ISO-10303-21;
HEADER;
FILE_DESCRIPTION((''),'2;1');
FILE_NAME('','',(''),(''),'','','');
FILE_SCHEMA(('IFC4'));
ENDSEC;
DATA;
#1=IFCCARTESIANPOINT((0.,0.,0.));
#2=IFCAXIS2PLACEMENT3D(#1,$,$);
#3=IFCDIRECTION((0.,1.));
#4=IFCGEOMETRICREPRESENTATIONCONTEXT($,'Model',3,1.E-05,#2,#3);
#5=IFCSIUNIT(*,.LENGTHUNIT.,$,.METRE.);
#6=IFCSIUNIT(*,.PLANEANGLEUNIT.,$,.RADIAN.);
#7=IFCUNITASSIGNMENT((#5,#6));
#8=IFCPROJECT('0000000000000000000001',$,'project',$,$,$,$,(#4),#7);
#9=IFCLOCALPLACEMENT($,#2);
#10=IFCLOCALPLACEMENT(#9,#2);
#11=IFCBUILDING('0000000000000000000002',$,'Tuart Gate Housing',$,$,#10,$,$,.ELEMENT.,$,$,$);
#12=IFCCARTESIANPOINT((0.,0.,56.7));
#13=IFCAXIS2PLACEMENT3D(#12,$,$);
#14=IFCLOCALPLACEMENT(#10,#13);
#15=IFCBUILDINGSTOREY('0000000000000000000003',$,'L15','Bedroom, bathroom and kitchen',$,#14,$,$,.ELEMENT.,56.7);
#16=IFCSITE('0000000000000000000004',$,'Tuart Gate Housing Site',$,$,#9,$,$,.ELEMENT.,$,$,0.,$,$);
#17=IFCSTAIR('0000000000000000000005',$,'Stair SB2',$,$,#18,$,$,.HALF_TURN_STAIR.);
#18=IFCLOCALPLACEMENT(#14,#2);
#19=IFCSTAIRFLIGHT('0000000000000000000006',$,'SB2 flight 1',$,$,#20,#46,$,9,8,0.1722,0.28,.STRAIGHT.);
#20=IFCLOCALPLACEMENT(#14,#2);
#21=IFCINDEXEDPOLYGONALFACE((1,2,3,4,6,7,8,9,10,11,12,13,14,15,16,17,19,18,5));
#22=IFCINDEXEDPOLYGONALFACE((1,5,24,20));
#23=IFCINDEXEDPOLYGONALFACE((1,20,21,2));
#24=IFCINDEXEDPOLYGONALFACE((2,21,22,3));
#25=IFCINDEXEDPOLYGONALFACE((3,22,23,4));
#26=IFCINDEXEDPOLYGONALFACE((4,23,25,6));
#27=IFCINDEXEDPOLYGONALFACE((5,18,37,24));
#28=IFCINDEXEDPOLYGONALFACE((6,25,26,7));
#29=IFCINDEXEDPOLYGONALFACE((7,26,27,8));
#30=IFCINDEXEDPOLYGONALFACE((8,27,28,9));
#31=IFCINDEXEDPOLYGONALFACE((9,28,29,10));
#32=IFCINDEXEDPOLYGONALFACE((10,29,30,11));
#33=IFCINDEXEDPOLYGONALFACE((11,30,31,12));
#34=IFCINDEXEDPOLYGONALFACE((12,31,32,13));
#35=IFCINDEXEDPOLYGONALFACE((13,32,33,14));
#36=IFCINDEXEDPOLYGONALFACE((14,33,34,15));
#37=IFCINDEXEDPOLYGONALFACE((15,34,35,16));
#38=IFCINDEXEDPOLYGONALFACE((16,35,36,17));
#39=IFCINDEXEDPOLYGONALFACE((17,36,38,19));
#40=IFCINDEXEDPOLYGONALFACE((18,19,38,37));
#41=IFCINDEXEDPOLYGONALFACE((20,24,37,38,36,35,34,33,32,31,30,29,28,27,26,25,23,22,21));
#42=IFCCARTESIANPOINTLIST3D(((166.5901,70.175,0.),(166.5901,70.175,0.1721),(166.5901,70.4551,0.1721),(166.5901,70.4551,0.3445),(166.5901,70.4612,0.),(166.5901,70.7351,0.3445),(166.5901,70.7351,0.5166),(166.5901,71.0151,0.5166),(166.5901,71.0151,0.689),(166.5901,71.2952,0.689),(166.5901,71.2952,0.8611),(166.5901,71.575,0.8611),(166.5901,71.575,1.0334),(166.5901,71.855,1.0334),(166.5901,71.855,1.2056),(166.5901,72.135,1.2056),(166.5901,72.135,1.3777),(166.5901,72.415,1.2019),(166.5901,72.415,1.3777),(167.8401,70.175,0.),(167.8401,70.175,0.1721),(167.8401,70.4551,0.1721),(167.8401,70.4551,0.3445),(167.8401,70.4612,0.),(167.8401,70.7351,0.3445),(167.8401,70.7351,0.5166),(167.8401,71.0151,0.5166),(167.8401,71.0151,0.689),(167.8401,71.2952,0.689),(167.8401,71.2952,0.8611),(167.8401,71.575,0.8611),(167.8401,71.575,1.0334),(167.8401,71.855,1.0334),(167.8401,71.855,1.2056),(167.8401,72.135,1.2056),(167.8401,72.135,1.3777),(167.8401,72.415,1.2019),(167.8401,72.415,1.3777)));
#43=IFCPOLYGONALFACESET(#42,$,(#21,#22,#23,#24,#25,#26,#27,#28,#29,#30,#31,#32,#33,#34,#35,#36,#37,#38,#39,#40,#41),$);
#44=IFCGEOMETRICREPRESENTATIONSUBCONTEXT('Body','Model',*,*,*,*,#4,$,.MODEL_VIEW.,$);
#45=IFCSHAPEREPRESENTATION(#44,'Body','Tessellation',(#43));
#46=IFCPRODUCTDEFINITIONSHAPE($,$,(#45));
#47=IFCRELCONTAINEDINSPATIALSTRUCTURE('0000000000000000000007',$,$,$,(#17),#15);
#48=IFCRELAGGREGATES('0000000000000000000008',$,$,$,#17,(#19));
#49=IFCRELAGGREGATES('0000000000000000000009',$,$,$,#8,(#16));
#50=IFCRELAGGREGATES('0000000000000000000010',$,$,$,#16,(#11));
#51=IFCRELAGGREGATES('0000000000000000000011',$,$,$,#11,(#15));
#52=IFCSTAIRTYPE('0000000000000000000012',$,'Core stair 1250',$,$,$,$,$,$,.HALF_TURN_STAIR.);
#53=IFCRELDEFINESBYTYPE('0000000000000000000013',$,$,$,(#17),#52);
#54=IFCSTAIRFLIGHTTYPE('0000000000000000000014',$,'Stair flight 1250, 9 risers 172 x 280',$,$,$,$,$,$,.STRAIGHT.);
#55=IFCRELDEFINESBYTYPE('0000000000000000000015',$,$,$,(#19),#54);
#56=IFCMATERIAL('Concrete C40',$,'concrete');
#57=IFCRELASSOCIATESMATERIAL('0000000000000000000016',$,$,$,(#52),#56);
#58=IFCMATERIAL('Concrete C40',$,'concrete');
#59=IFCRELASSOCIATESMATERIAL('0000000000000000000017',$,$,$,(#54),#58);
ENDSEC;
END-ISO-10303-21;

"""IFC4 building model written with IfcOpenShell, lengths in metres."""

from ifc_helpers import new_model, si_unit, direction, frame, origin, place, context, subcontext, project, spatial, polyline, outline, extrude, material, type_object, element, aggregate, save


model = new_model("IFC4")

# Units and contexts
model_context = context("Model", 3, precision=1e-05, world=origin(), true_north=direction((0.0, 1.0)))
body_context = subcontext(model_context, "Body", "Model", "MODEL_VIEW")
ifc_project = project(units=[si_unit("LENGTHUNIT", "METRE"), si_unit("PLANEANGLEUNIT", "RADIAN")], contexts=[model_context])

# Site, building, storey
site_placement = place(None, origin())
site = spatial("IfcSite", under=ifc_project, at=site_placement, Name="Tuart Gate Housing Site", CompositionType="ELEMENT", RefElevation=0.0)
building_placement = place(site_placement, origin())
building = spatial("IfcBuilding", under=site, at=building_placement, Name="Tuart Gate Housing", CompositionType="ELEMENT")
storey_placement = place(building_placement, frame((0.0, 0.0, 56.7)))
storey = spatial("IfcBuildingStorey", under=building, at=storey_placement, Name="L15", Description="Bedroom, bathroom and kitchen", CompositionType="ELEMENT", Elevation=56.7)

# Stair, stair flight
ifc_material_1 = material(Name="Concrete C40", Category="concrete")
stair_type = type_object("IfcStairType", Name="Core stair 1250", PredefinedType="HALF_TURN_STAIR", material=ifc_material_1)
stair_placement = place(storey_placement, origin())
stair = element("IfcStair", 1, at=stair_placement, inside=storey, type_object=stair_type, Name="Stair SB2", PredefinedType="HALF_TURN_STAIR")
ifc_material_2 = material(Name="Concrete C40", Category="concrete")
stair_flight_type = type_object("IfcStairFlightType", Name="Stair flight 1250, 9 risers 172 x 280", PredefinedType="STRAIGHT", material=ifc_material_2)
stair_flight_placement = place(storey_placement, frame((167.2151, 70.175, 0.0), z_axis=(0.0, 0.0, 1.0), x_axis=(0.0, 1.0, 0.0)))
stair_flight = element("IfcStairFlight", 2, at=stair_flight_placement, type_object=stair_flight_type, Name="SB2 flight 1", NumberOfRisers=9, NumberOfTreads=8, PredefinedType="STRAIGHT", RiserHeight=0.1722, TreadLength=0.28, context=body_context, shape_type="SweptSolid", body=[
    extrude(outline(polyline([(0.0, 0.0), (0.0, 0.1721), (0.28, 0.1721), (0.28, 0.3445), (0.5601, 0.3445), (0.5601, 0.5166), (0.8401, 0.5166), (0.8401, 0.689), (1.1201, 0.689), (1.1201, 0.8611), (1.3999, 0.8611), (1.3999, 1.0334), (1.6799, 1.0334), (1.6799, 1.2056), (1.96, 1.2056), (1.96, 1.3777), (2.24, 1.3777), (2.24, 1.55), (2.24, 1.2019), (0.2861, 0.0), (0.0, 0.0)])), frame((0.0, 0.625, 0.0), z_axis=(0.0, -1.0, 0.0), x_axis=(1.0, 0.0, 0.0)), (0.0, 0.0, 1.0), 1.25),
])
aggregate(stair, [stair_flight])

save(model, "model.ifc")
